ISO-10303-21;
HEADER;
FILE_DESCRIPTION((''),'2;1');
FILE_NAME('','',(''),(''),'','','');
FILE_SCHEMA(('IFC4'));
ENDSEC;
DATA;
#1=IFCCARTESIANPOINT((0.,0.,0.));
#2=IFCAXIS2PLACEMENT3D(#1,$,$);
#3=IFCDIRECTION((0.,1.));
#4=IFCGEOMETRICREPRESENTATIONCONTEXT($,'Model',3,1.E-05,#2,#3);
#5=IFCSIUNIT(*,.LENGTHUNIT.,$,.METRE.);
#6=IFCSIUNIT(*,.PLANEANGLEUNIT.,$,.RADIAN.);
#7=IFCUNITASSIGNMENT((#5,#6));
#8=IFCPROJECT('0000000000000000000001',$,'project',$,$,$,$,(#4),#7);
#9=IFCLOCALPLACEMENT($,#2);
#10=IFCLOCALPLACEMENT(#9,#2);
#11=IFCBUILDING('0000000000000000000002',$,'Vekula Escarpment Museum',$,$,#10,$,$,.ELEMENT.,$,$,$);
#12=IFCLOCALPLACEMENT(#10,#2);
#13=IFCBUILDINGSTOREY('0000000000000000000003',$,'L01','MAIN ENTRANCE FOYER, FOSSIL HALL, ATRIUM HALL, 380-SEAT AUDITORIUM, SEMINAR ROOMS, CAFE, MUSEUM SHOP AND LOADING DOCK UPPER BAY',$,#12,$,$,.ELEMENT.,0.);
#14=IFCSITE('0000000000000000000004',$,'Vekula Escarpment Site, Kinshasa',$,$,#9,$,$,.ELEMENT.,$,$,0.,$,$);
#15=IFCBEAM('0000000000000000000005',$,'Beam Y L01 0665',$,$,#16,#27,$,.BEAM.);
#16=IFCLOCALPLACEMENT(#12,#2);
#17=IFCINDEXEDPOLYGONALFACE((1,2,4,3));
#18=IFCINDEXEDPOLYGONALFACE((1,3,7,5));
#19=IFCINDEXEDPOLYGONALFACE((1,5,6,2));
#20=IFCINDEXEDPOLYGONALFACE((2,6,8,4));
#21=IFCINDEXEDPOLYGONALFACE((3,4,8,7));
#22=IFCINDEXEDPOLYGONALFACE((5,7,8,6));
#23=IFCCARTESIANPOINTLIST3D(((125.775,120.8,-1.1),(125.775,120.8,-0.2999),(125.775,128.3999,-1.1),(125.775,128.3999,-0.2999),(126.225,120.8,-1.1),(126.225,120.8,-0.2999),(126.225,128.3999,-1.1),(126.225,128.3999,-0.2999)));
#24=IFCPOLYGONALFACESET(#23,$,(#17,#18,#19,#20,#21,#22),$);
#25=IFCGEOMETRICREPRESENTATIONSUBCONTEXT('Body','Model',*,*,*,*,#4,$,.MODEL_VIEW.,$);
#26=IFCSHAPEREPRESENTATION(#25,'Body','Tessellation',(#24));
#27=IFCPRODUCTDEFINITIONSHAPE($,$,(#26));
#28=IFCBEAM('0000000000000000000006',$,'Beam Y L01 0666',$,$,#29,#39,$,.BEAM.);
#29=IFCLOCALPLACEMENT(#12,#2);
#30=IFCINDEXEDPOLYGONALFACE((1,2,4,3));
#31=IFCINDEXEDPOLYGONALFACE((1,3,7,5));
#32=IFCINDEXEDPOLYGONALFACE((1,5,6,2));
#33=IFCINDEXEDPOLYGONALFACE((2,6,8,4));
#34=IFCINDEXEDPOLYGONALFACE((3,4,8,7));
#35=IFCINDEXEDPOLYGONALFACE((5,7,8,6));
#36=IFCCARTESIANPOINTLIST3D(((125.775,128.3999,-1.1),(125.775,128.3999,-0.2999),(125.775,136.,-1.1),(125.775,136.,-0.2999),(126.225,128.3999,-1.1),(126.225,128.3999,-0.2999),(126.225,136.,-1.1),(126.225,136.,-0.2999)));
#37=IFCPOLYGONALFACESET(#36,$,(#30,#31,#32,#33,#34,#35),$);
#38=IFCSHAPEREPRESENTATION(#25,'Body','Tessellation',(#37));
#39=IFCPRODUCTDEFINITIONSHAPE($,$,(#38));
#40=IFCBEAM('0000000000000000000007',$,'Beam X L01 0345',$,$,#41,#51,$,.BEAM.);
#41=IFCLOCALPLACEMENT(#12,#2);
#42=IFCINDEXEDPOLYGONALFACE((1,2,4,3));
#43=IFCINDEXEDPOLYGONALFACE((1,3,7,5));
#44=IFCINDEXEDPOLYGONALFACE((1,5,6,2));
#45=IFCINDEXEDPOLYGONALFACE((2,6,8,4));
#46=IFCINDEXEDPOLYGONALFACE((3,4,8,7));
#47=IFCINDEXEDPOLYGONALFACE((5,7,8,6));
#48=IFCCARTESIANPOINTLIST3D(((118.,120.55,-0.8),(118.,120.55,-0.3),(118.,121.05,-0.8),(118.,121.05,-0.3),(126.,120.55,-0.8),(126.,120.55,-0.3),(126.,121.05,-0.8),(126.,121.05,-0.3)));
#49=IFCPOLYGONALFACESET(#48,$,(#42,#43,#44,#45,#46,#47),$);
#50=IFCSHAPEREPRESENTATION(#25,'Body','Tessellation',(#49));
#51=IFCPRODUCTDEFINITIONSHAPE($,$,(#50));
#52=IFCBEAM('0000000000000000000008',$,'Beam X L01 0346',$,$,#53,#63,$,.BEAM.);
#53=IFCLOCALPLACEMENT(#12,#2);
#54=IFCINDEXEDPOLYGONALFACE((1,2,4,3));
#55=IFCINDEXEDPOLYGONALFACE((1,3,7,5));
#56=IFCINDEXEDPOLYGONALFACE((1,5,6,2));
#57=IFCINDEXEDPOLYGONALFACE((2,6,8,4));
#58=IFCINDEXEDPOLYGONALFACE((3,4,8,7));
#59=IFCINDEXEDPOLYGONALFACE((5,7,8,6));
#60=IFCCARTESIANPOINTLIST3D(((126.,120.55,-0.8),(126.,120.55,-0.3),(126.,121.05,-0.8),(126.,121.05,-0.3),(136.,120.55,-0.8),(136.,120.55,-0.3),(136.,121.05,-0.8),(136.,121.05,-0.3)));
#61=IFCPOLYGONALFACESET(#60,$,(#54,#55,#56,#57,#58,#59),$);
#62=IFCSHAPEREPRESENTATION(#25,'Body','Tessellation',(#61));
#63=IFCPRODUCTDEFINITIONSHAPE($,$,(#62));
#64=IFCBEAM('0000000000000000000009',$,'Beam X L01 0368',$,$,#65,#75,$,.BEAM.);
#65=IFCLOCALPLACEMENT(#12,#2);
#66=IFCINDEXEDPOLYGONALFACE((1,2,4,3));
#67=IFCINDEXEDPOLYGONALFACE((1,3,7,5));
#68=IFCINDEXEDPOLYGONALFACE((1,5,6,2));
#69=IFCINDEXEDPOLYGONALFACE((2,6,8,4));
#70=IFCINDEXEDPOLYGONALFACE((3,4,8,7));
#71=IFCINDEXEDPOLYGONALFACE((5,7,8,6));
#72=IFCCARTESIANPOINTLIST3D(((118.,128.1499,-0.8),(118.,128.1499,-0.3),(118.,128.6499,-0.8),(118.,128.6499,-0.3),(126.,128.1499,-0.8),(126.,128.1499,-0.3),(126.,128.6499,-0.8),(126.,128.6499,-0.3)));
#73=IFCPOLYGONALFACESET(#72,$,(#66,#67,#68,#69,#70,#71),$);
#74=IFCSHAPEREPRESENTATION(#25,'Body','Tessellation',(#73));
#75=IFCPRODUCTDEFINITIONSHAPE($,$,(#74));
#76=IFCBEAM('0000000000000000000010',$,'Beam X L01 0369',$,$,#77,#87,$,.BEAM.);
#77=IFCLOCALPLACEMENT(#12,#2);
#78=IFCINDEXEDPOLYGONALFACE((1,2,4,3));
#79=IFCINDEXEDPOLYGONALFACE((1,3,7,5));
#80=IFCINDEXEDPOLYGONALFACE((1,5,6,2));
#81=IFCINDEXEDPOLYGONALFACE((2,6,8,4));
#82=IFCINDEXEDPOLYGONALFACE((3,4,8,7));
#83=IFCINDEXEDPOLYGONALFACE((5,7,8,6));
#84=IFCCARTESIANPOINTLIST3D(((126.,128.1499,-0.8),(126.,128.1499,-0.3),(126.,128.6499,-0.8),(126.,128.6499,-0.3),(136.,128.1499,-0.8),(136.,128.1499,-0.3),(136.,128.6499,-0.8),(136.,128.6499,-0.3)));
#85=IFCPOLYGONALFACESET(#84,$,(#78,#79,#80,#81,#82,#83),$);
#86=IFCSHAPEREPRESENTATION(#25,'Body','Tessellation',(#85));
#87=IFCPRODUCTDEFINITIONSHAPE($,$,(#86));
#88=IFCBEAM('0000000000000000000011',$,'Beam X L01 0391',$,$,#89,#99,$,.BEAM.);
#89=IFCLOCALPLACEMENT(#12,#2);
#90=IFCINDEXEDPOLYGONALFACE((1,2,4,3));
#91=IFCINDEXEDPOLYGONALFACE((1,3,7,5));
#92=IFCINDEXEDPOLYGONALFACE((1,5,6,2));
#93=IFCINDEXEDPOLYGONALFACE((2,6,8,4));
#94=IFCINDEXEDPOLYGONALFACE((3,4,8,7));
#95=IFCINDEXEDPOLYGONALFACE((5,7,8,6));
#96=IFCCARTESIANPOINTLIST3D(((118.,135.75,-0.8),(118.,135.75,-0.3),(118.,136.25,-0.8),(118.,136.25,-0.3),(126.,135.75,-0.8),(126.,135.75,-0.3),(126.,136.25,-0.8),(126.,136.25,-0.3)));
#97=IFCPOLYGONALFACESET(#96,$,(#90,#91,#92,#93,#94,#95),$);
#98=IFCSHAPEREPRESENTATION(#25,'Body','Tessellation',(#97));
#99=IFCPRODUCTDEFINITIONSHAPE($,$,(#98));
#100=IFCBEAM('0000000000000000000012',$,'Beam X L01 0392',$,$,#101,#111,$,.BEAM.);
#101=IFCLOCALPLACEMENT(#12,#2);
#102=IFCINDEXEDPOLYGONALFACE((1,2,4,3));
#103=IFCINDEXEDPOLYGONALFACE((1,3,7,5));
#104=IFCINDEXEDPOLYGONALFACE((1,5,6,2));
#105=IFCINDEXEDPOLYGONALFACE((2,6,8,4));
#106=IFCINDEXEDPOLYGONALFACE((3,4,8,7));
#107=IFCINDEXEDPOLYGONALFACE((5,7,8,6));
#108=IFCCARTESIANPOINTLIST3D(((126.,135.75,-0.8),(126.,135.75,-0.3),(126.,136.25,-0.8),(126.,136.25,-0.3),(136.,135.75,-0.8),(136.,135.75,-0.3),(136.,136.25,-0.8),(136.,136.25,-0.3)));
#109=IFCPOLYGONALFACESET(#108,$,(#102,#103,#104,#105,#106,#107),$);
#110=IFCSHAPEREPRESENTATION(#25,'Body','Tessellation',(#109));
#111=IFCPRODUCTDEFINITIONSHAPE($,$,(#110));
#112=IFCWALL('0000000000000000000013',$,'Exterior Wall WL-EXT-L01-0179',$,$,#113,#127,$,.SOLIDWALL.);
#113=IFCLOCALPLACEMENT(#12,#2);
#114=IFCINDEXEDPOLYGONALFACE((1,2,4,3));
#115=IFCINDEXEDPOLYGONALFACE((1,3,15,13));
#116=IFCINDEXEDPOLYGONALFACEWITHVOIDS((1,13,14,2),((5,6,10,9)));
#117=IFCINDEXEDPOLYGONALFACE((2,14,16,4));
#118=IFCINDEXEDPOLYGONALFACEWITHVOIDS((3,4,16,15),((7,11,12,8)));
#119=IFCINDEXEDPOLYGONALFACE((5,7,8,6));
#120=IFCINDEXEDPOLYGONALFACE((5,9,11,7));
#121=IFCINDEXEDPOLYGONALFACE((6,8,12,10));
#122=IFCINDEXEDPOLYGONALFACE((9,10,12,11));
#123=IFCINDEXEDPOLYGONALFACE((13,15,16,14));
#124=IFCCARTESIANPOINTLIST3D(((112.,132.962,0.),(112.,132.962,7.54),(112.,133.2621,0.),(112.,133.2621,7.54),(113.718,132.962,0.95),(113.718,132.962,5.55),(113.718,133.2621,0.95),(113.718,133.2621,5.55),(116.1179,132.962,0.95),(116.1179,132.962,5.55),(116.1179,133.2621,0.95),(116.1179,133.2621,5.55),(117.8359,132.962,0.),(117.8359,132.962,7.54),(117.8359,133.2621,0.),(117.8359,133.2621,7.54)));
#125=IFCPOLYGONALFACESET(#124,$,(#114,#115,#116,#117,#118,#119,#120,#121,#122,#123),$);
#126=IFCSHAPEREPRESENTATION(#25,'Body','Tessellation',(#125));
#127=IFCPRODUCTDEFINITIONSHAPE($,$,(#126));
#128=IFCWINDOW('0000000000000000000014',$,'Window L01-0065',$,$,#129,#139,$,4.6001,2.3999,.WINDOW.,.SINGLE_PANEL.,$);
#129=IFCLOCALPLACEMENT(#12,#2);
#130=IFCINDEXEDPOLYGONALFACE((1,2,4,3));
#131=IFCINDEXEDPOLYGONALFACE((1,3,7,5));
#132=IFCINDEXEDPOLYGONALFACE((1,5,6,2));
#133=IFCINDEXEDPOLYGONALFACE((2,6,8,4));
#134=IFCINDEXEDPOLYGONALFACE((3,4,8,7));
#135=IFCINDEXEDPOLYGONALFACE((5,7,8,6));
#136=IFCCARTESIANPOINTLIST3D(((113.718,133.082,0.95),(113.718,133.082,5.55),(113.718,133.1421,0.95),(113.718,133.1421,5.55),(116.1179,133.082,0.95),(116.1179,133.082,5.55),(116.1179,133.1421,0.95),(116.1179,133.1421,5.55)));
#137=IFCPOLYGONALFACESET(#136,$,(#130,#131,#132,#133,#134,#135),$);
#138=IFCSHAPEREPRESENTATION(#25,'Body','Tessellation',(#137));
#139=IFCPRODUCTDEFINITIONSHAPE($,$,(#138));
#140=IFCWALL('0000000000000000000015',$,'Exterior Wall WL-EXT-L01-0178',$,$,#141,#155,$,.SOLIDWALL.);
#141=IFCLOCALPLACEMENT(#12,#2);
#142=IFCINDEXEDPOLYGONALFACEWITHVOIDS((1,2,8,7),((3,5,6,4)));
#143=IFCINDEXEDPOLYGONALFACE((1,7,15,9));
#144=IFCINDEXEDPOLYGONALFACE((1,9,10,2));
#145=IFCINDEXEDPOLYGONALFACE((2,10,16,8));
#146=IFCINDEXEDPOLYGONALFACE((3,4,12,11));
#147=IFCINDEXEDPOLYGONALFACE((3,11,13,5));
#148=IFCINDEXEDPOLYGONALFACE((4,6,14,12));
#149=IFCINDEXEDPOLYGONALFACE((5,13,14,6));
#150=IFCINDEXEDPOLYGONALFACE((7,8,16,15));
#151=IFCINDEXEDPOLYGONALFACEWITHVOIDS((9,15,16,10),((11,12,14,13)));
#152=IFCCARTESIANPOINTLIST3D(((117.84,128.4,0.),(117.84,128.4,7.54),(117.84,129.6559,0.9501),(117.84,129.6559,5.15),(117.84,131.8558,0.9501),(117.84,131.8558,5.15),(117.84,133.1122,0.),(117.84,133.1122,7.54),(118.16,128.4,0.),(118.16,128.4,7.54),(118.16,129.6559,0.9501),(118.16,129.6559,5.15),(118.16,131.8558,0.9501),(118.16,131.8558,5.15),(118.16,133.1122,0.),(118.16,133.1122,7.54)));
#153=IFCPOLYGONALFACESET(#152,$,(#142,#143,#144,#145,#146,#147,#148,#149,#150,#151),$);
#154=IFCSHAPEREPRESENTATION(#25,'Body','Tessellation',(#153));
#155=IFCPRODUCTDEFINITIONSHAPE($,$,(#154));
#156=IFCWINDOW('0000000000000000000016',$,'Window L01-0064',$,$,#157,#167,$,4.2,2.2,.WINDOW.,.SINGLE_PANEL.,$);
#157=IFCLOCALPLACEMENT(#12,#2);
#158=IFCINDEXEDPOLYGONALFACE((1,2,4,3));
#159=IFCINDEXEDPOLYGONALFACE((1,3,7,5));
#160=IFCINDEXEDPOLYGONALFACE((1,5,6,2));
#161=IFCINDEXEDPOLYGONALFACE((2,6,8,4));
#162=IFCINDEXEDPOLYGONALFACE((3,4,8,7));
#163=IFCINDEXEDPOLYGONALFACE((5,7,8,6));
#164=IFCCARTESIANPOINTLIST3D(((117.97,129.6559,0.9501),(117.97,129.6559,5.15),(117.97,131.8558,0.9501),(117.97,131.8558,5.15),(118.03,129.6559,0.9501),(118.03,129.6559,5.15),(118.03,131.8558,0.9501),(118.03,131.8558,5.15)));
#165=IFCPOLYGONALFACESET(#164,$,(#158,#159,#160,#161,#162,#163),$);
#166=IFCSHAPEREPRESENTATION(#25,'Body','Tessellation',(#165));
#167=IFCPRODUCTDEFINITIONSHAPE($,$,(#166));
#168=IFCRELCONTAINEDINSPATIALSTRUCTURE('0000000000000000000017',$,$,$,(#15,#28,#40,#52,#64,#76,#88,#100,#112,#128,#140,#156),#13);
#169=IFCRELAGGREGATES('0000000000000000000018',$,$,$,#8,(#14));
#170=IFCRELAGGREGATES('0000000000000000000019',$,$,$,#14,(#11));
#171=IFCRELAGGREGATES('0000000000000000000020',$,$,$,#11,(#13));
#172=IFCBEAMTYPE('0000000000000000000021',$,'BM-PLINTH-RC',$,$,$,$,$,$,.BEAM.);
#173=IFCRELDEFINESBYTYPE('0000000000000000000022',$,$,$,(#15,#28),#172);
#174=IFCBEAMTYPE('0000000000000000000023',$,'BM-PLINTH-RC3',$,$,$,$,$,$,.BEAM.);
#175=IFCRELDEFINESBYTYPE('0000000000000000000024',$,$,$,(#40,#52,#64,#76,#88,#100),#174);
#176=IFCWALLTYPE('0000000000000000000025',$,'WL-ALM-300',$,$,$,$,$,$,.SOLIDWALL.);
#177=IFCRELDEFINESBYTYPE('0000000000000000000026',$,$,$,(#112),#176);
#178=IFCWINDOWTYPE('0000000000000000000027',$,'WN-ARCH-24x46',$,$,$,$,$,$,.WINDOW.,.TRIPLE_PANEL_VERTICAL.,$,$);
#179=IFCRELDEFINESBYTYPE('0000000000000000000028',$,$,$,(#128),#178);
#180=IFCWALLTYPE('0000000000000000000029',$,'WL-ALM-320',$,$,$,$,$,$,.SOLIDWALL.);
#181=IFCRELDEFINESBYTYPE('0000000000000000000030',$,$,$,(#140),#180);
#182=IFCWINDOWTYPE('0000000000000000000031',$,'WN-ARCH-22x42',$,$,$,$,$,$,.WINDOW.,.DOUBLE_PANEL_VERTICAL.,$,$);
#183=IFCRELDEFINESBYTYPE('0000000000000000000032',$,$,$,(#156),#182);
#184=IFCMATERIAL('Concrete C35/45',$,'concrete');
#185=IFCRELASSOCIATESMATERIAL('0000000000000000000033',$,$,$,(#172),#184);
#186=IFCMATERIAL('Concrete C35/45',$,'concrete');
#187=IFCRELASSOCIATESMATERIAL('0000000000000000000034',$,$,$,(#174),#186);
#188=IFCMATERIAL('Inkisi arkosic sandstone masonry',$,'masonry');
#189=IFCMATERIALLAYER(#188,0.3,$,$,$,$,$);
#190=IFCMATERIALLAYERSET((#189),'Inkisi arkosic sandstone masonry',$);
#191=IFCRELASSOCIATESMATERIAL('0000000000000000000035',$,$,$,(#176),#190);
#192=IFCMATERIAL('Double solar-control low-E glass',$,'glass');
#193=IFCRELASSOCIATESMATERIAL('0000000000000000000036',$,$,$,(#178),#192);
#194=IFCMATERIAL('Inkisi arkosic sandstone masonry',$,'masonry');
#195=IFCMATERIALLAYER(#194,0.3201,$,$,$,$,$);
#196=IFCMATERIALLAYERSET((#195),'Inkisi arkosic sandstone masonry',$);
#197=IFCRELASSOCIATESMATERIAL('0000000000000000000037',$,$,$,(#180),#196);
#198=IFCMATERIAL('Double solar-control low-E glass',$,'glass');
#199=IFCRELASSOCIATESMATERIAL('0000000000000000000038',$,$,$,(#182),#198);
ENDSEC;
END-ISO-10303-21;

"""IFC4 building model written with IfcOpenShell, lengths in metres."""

from ifc_helpers import new_model, si_unit, direction, frame, frame_2d, origin, origin_2d, place, context, subcontext, project, spatial, rectangle, extrude, material, layer, layer_set, material_profile, profile_set, type_object, element, fill, save


model = new_model("IFC4")

# Units and contexts
model_context = context("Model", 3, precision=1e-05, world=origin(), true_north=direction((0.0, 1.0)))
body_context = subcontext(model_context, "Body", "Model", "MODEL_VIEW")
ifc_project = project(units=[si_unit("LENGTHUNIT", "METRE"), si_unit("PLANEANGLEUNIT", "RADIAN")], contexts=[model_context])

# Site, building, storey
site_placement = place(None, origin())
site = spatial("IfcSite", under=ifc_project, at=site_placement, Name="Vekula Escarpment Site, Kinshasa", CompositionType="ELEMENT", RefElevation=0.0)
building_placement = place(site_placement, origin())
building = spatial("IfcBuilding", under=site, at=building_placement, Name="Vekula Escarpment Museum", CompositionType="ELEMENT")
storey_placement = place(building_placement, origin())
storey = spatial("IfcBuildingStorey", under=building, at=storey_placement, Name="L01", Description="MAIN ENTRANCE FOYER, FOSSIL HALL, ATRIUM HALL, 380-SEAT AUDITORIUM, SEMINAR ROOMS, CAFE, MUSEUM SHOP AND LOADING DOCK UPPER BAY", CompositionType="ELEMENT", Elevation=0.0)

# Beams
ifc_material_1 = material(Name="Concrete C35/45", Category="concrete")
ifc_material_profile_1 = material_profile(ifc_material_1, rectangle(XDim=0.45, YDim=0.8, at=origin_2d()), Name="RC 450x800")
ifc_profile_set_1 = profile_set([ifc_material_profile_1], Name="Concrete C35/45")
beam_type_1 = type_object("IfcBeamType", Name="BM-PLINTH-RC", PredefinedType="BEAM", material=ifc_profile_set_1)
beam_1_placement = place(storey_placement, frame((126.0, 120.8, -0.7), z_axis=(0.0, 1.0, 0.0), x_axis=(-1.0, 0.0, 0.0)))
element("IfcBeam", 1, at=beam_1_placement, inside=storey, type_object=beam_type_1, Name="Beam Y L01 0665", PredefinedType="BEAM", context=body_context, shape_type="SweptSolid", body=[
    extrude(rectangle(XDim=0.45, YDim=0.8, at=origin_2d()), origin(), (0.0, 0.0, 1.0), 7.5999),
])
beam_2_placement = place(storey_placement, frame((126.0, 128.3999, -0.7), z_axis=(0.0, 1.0, 0.0), x_axis=(-1.0, 0.0, 0.0)))
element("IfcBeam", 2, at=beam_2_placement, inside=storey, type_object=beam_type_1, Name="Beam Y L01 0666", PredefinedType="BEAM", context=body_context, shape_type="SweptSolid", body=[
    extrude(rectangle(XDim=0.45, YDim=0.8, at=origin_2d()), origin(), (0.0, 0.0, 1.0), 7.6001),
])
ifc_material_2 = material(Name="Concrete C35/45", Category="concrete")
ifc_material_profile_2 = material_profile(ifc_material_2, rectangle(XDim=0.5, YDim=0.5, at=origin_2d()), Name="RC 500x500")
ifc_profile_set_2 = profile_set([ifc_material_profile_2], Name="Concrete C35/45")
beam_type_2 = type_object("IfcBeamType", Name="BM-PLINTH-RC3", PredefinedType="BEAM", material=ifc_profile_set_2)
beam_3_placement = place(storey_placement, frame((118.0, 120.8, -0.55), z_axis=(1.0, 0.0, 0.0), x_axis=(0.0, 1.0, 0.0)))
element("IfcBeam", 3, at=beam_3_placement, inside=storey, type_object=beam_type_2, Name="Beam X L01 0345", PredefinedType="BEAM", context=body_context, shape_type="SweptSolid", body=[
    extrude(rectangle(XDim=0.5, YDim=0.5, at=origin_2d()), origin(), (0.0, 0.0, 1.0), 8.0),
])
beam_4_placement = place(storey_placement, frame((126.0, 120.8, -0.55), z_axis=(1.0, 0.0, 0.0), x_axis=(0.0, 1.0, 0.0)))
element("IfcBeam", 4, at=beam_4_placement, inside=storey, type_object=beam_type_2, Name="Beam X L01 0346", PredefinedType="BEAM", context=body_context, shape_type="SweptSolid", body=[
    extrude(rectangle(XDim=0.5, YDim=0.5, at=origin_2d()), origin(), (0.0, 0.0, 1.0), 10.0),
])
beam_5_placement = place(storey_placement, frame((118.0, 128.3999, -0.55), z_axis=(1.0, 0.0, 0.0), x_axis=(0.0, 1.0, 0.0)))
element("IfcBeam", 5, at=beam_5_placement, inside=storey, type_object=beam_type_2, Name="Beam X L01 0368", PredefinedType="BEAM", context=body_context, shape_type="SweptSolid", body=[
    extrude(rectangle(XDim=0.5, YDim=0.5, at=origin_2d()), origin(), (0.0, 0.0, 1.0), 8.0),
])
beam_6_placement = place(storey_placement, frame((126.0, 128.3999, -0.55), z_axis=(1.0, 0.0, 0.0), x_axis=(0.0, 1.0, 0.0)))
element("IfcBeam", 6, at=beam_6_placement, inside=storey, type_object=beam_type_2, Name="Beam X L01 0369", PredefinedType="BEAM", context=body_context, shape_type="SweptSolid", body=[
    extrude(rectangle(XDim=0.5, YDim=0.5, at=origin_2d()), origin(), (0.0, 0.0, 1.0), 10.0),
])
beam_7_placement = place(storey_placement, frame((118.0, 136.0, -0.55), z_axis=(1.0, 0.0, 0.0), x_axis=(0.0, 1.0, 0.0)))
element("IfcBeam", 7, at=beam_7_placement, inside=storey, type_object=beam_type_2, Name="Beam X L01 0391", PredefinedType="BEAM", context=body_context, shape_type="SweptSolid", body=[
    extrude(rectangle(XDim=0.5, YDim=0.5, at=origin_2d()), origin(), (0.0, 0.0, 1.0), 8.0),
])
beam_8_placement = place(storey_placement, frame((126.0, 136.0, -0.55), z_axis=(1.0, 0.0, 0.0), x_axis=(0.0, 1.0, 0.0)))
element("IfcBeam", 8, at=beam_8_placement, inside=storey, type_object=beam_type_2, Name="Beam X L01 0392", PredefinedType="BEAM", context=body_context, shape_type="SweptSolid", body=[
    extrude(rectangle(XDim=0.5, YDim=0.5, at=origin_2d()), origin(), (0.0, 0.0, 1.0), 10.0),
])

# Walls, openings, windows
ifc_material_3 = material(Name="Inkisi arkosic sandstone masonry", Category="masonry")
ifc_layer_1 = layer(ifc_material_3, 0.3)
ifc_layer_set_1 = layer_set([ifc_layer_1], Name="Inkisi arkosic sandstone masonry")
wall_type_1 = type_object("IfcWallType", Name="WL-ALM-300", PredefinedType="SOLIDWALL", material=ifc_layer_set_1)
wall_1_placement = place(storey_placement, frame((112.0, 133.1121, 0.0), z_axis=(0.0, 0.0, 1.0), x_axis=(1.0, 0.0, 0.0)))
wall_1 = element("IfcWall", 9, at=wall_1_placement, inside=storey, type_object=wall_type_1, Name="Exterior Wall WL-EXT-L01-0179", PredefinedType="SOLIDWALL", context=body_context, shape_type="SweptSolid", body=[
    extrude(rectangle(XDim=5.8359, YDim=0.3, at=frame_2d((2.918, 0.0))), origin(), (0.0, 0.0, 1.0), 7.54),
])
opening_1_placement = place(wall_1_placement, frame((1.718, 0.0, 0.95)))
opening_1 = element("IfcOpeningElement", 10, at=opening_1_placement, cuts=wall_1, PredefinedType="OPENING", context=body_context, shape_type="SweptSolid", body=[
    extrude(rectangle(XDim=2.3999, YDim=4.6001, at=frame_2d((1.2, 2.3))), frame((0.0, 0.1599, 0.0), z_axis=(0.0, -1.0, 0.0), x_axis=(1.0, 0.0, 0.0)), (0.0, 0.0, 1.0), 0.3201),
])
ifc_material_4 = material(Name="Double solar-control low-E glass", Category="glass")
window_type_1 = type_object("IfcWindowType", Name="WN-ARCH-24x46", PartitioningType="TRIPLE_PANEL_VERTICAL", PredefinedType="WINDOW", material=ifc_material_4)
window_1_placement = place(opening_1_placement, origin())
window_1 = element("IfcWindow", 11, at=window_1_placement, inside=storey, type_object=window_type_1, Name="Window L01-0065", OverallHeight=4.6001, OverallWidth=2.3999, PartitioningType="SINGLE_PANEL", PredefinedType="WINDOW", context=body_context, shape_type="SweptSolid", body=[
    extrude(rectangle(XDim=2.3999, YDim=4.6001, at=frame_2d((1.2, 2.3))), frame((0.0, 0.03, 0.0), z_axis=(0.0, -1.0, 0.0), x_axis=(1.0, 0.0, 0.0)), (0.0, 0.0, 1.0), 0.0601),
])
fill(opening_1, window_1)
ifc_material_5 = material(Name="Inkisi arkosic sandstone masonry", Category="masonry")
ifc_layer_2 = layer(ifc_material_5, 0.3201)
ifc_layer_set_2 = layer_set([ifc_layer_2], Name="Inkisi arkosic sandstone masonry")
wall_type_2 = type_object("IfcWallType", Name="WL-ALM-320", PredefinedType="SOLIDWALL", material=ifc_layer_set_2)
wall_2_placement = place(storey_placement, frame((118.0, 133.1121, 0.0), z_axis=(0.0, 0.0, 1.0), x_axis=(0.0, -1.0, 0.0)))
wall_2 = element("IfcWall", 12, at=wall_2_placement, inside=storey, type_object=wall_type_2, Name="Exterior Wall WL-EXT-L01-0178", PredefinedType="SOLIDWALL", context=body_context, shape_type="SweptSolid", body=[
    extrude(rectangle(XDim=4.7122, YDim=0.3201, at=frame_2d((2.356, 0.0))), origin(), (0.0, 0.0, 1.0), 7.54),
])
opening_2_placement = place(wall_2_placement, frame((1.2561, 0.0, 0.95)))
opening_2 = element("IfcOpeningElement", 13, at=opening_2_placement, cuts=wall_2, PredefinedType="OPENING", context=body_context, shape_type="SweptSolid", body=[
    extrude(rectangle(XDim=2.2, YDim=4.2, at=frame_2d((1.1001, 2.1001))), frame((0.0, 0.1699, 0.0), z_axis=(0.0, -1.0, 0.0), x_axis=(1.0, 0.0, 0.0)), (0.0, 0.0, 1.0), 0.3401),
])
ifc_material_6 = material(Name="Double solar-control low-E glass", Category="glass")
window_type_2 = type_object("IfcWindowType", Name="WN-ARCH-22x42", PartitioningType="DOUBLE_PANEL_VERTICAL", PredefinedType="WINDOW", material=ifc_material_6)
window_2_placement = place(opening_2_placement, origin())
window_2 = element("IfcWindow", 14, at=window_2_placement, inside=storey, type_object=window_type_2, Name="Window L01-0064", OverallHeight=4.2, OverallWidth=2.2, PartitioningType="SINGLE_PANEL", PredefinedType="WINDOW", context=body_context, shape_type="SweptSolid", body=[
    extrude(rectangle(XDim=2.2, YDim=4.2, at=frame_2d((1.1001, 2.1001))), frame((0.0, 0.03, 0.0), z_axis=(0.0, -1.0, 0.0), x_axis=(1.0, 0.0, 0.0)), (0.0, 0.0, 1.0), 0.0601),
])
fill(opening_2, window_2)

save(model, "model.ifc")
